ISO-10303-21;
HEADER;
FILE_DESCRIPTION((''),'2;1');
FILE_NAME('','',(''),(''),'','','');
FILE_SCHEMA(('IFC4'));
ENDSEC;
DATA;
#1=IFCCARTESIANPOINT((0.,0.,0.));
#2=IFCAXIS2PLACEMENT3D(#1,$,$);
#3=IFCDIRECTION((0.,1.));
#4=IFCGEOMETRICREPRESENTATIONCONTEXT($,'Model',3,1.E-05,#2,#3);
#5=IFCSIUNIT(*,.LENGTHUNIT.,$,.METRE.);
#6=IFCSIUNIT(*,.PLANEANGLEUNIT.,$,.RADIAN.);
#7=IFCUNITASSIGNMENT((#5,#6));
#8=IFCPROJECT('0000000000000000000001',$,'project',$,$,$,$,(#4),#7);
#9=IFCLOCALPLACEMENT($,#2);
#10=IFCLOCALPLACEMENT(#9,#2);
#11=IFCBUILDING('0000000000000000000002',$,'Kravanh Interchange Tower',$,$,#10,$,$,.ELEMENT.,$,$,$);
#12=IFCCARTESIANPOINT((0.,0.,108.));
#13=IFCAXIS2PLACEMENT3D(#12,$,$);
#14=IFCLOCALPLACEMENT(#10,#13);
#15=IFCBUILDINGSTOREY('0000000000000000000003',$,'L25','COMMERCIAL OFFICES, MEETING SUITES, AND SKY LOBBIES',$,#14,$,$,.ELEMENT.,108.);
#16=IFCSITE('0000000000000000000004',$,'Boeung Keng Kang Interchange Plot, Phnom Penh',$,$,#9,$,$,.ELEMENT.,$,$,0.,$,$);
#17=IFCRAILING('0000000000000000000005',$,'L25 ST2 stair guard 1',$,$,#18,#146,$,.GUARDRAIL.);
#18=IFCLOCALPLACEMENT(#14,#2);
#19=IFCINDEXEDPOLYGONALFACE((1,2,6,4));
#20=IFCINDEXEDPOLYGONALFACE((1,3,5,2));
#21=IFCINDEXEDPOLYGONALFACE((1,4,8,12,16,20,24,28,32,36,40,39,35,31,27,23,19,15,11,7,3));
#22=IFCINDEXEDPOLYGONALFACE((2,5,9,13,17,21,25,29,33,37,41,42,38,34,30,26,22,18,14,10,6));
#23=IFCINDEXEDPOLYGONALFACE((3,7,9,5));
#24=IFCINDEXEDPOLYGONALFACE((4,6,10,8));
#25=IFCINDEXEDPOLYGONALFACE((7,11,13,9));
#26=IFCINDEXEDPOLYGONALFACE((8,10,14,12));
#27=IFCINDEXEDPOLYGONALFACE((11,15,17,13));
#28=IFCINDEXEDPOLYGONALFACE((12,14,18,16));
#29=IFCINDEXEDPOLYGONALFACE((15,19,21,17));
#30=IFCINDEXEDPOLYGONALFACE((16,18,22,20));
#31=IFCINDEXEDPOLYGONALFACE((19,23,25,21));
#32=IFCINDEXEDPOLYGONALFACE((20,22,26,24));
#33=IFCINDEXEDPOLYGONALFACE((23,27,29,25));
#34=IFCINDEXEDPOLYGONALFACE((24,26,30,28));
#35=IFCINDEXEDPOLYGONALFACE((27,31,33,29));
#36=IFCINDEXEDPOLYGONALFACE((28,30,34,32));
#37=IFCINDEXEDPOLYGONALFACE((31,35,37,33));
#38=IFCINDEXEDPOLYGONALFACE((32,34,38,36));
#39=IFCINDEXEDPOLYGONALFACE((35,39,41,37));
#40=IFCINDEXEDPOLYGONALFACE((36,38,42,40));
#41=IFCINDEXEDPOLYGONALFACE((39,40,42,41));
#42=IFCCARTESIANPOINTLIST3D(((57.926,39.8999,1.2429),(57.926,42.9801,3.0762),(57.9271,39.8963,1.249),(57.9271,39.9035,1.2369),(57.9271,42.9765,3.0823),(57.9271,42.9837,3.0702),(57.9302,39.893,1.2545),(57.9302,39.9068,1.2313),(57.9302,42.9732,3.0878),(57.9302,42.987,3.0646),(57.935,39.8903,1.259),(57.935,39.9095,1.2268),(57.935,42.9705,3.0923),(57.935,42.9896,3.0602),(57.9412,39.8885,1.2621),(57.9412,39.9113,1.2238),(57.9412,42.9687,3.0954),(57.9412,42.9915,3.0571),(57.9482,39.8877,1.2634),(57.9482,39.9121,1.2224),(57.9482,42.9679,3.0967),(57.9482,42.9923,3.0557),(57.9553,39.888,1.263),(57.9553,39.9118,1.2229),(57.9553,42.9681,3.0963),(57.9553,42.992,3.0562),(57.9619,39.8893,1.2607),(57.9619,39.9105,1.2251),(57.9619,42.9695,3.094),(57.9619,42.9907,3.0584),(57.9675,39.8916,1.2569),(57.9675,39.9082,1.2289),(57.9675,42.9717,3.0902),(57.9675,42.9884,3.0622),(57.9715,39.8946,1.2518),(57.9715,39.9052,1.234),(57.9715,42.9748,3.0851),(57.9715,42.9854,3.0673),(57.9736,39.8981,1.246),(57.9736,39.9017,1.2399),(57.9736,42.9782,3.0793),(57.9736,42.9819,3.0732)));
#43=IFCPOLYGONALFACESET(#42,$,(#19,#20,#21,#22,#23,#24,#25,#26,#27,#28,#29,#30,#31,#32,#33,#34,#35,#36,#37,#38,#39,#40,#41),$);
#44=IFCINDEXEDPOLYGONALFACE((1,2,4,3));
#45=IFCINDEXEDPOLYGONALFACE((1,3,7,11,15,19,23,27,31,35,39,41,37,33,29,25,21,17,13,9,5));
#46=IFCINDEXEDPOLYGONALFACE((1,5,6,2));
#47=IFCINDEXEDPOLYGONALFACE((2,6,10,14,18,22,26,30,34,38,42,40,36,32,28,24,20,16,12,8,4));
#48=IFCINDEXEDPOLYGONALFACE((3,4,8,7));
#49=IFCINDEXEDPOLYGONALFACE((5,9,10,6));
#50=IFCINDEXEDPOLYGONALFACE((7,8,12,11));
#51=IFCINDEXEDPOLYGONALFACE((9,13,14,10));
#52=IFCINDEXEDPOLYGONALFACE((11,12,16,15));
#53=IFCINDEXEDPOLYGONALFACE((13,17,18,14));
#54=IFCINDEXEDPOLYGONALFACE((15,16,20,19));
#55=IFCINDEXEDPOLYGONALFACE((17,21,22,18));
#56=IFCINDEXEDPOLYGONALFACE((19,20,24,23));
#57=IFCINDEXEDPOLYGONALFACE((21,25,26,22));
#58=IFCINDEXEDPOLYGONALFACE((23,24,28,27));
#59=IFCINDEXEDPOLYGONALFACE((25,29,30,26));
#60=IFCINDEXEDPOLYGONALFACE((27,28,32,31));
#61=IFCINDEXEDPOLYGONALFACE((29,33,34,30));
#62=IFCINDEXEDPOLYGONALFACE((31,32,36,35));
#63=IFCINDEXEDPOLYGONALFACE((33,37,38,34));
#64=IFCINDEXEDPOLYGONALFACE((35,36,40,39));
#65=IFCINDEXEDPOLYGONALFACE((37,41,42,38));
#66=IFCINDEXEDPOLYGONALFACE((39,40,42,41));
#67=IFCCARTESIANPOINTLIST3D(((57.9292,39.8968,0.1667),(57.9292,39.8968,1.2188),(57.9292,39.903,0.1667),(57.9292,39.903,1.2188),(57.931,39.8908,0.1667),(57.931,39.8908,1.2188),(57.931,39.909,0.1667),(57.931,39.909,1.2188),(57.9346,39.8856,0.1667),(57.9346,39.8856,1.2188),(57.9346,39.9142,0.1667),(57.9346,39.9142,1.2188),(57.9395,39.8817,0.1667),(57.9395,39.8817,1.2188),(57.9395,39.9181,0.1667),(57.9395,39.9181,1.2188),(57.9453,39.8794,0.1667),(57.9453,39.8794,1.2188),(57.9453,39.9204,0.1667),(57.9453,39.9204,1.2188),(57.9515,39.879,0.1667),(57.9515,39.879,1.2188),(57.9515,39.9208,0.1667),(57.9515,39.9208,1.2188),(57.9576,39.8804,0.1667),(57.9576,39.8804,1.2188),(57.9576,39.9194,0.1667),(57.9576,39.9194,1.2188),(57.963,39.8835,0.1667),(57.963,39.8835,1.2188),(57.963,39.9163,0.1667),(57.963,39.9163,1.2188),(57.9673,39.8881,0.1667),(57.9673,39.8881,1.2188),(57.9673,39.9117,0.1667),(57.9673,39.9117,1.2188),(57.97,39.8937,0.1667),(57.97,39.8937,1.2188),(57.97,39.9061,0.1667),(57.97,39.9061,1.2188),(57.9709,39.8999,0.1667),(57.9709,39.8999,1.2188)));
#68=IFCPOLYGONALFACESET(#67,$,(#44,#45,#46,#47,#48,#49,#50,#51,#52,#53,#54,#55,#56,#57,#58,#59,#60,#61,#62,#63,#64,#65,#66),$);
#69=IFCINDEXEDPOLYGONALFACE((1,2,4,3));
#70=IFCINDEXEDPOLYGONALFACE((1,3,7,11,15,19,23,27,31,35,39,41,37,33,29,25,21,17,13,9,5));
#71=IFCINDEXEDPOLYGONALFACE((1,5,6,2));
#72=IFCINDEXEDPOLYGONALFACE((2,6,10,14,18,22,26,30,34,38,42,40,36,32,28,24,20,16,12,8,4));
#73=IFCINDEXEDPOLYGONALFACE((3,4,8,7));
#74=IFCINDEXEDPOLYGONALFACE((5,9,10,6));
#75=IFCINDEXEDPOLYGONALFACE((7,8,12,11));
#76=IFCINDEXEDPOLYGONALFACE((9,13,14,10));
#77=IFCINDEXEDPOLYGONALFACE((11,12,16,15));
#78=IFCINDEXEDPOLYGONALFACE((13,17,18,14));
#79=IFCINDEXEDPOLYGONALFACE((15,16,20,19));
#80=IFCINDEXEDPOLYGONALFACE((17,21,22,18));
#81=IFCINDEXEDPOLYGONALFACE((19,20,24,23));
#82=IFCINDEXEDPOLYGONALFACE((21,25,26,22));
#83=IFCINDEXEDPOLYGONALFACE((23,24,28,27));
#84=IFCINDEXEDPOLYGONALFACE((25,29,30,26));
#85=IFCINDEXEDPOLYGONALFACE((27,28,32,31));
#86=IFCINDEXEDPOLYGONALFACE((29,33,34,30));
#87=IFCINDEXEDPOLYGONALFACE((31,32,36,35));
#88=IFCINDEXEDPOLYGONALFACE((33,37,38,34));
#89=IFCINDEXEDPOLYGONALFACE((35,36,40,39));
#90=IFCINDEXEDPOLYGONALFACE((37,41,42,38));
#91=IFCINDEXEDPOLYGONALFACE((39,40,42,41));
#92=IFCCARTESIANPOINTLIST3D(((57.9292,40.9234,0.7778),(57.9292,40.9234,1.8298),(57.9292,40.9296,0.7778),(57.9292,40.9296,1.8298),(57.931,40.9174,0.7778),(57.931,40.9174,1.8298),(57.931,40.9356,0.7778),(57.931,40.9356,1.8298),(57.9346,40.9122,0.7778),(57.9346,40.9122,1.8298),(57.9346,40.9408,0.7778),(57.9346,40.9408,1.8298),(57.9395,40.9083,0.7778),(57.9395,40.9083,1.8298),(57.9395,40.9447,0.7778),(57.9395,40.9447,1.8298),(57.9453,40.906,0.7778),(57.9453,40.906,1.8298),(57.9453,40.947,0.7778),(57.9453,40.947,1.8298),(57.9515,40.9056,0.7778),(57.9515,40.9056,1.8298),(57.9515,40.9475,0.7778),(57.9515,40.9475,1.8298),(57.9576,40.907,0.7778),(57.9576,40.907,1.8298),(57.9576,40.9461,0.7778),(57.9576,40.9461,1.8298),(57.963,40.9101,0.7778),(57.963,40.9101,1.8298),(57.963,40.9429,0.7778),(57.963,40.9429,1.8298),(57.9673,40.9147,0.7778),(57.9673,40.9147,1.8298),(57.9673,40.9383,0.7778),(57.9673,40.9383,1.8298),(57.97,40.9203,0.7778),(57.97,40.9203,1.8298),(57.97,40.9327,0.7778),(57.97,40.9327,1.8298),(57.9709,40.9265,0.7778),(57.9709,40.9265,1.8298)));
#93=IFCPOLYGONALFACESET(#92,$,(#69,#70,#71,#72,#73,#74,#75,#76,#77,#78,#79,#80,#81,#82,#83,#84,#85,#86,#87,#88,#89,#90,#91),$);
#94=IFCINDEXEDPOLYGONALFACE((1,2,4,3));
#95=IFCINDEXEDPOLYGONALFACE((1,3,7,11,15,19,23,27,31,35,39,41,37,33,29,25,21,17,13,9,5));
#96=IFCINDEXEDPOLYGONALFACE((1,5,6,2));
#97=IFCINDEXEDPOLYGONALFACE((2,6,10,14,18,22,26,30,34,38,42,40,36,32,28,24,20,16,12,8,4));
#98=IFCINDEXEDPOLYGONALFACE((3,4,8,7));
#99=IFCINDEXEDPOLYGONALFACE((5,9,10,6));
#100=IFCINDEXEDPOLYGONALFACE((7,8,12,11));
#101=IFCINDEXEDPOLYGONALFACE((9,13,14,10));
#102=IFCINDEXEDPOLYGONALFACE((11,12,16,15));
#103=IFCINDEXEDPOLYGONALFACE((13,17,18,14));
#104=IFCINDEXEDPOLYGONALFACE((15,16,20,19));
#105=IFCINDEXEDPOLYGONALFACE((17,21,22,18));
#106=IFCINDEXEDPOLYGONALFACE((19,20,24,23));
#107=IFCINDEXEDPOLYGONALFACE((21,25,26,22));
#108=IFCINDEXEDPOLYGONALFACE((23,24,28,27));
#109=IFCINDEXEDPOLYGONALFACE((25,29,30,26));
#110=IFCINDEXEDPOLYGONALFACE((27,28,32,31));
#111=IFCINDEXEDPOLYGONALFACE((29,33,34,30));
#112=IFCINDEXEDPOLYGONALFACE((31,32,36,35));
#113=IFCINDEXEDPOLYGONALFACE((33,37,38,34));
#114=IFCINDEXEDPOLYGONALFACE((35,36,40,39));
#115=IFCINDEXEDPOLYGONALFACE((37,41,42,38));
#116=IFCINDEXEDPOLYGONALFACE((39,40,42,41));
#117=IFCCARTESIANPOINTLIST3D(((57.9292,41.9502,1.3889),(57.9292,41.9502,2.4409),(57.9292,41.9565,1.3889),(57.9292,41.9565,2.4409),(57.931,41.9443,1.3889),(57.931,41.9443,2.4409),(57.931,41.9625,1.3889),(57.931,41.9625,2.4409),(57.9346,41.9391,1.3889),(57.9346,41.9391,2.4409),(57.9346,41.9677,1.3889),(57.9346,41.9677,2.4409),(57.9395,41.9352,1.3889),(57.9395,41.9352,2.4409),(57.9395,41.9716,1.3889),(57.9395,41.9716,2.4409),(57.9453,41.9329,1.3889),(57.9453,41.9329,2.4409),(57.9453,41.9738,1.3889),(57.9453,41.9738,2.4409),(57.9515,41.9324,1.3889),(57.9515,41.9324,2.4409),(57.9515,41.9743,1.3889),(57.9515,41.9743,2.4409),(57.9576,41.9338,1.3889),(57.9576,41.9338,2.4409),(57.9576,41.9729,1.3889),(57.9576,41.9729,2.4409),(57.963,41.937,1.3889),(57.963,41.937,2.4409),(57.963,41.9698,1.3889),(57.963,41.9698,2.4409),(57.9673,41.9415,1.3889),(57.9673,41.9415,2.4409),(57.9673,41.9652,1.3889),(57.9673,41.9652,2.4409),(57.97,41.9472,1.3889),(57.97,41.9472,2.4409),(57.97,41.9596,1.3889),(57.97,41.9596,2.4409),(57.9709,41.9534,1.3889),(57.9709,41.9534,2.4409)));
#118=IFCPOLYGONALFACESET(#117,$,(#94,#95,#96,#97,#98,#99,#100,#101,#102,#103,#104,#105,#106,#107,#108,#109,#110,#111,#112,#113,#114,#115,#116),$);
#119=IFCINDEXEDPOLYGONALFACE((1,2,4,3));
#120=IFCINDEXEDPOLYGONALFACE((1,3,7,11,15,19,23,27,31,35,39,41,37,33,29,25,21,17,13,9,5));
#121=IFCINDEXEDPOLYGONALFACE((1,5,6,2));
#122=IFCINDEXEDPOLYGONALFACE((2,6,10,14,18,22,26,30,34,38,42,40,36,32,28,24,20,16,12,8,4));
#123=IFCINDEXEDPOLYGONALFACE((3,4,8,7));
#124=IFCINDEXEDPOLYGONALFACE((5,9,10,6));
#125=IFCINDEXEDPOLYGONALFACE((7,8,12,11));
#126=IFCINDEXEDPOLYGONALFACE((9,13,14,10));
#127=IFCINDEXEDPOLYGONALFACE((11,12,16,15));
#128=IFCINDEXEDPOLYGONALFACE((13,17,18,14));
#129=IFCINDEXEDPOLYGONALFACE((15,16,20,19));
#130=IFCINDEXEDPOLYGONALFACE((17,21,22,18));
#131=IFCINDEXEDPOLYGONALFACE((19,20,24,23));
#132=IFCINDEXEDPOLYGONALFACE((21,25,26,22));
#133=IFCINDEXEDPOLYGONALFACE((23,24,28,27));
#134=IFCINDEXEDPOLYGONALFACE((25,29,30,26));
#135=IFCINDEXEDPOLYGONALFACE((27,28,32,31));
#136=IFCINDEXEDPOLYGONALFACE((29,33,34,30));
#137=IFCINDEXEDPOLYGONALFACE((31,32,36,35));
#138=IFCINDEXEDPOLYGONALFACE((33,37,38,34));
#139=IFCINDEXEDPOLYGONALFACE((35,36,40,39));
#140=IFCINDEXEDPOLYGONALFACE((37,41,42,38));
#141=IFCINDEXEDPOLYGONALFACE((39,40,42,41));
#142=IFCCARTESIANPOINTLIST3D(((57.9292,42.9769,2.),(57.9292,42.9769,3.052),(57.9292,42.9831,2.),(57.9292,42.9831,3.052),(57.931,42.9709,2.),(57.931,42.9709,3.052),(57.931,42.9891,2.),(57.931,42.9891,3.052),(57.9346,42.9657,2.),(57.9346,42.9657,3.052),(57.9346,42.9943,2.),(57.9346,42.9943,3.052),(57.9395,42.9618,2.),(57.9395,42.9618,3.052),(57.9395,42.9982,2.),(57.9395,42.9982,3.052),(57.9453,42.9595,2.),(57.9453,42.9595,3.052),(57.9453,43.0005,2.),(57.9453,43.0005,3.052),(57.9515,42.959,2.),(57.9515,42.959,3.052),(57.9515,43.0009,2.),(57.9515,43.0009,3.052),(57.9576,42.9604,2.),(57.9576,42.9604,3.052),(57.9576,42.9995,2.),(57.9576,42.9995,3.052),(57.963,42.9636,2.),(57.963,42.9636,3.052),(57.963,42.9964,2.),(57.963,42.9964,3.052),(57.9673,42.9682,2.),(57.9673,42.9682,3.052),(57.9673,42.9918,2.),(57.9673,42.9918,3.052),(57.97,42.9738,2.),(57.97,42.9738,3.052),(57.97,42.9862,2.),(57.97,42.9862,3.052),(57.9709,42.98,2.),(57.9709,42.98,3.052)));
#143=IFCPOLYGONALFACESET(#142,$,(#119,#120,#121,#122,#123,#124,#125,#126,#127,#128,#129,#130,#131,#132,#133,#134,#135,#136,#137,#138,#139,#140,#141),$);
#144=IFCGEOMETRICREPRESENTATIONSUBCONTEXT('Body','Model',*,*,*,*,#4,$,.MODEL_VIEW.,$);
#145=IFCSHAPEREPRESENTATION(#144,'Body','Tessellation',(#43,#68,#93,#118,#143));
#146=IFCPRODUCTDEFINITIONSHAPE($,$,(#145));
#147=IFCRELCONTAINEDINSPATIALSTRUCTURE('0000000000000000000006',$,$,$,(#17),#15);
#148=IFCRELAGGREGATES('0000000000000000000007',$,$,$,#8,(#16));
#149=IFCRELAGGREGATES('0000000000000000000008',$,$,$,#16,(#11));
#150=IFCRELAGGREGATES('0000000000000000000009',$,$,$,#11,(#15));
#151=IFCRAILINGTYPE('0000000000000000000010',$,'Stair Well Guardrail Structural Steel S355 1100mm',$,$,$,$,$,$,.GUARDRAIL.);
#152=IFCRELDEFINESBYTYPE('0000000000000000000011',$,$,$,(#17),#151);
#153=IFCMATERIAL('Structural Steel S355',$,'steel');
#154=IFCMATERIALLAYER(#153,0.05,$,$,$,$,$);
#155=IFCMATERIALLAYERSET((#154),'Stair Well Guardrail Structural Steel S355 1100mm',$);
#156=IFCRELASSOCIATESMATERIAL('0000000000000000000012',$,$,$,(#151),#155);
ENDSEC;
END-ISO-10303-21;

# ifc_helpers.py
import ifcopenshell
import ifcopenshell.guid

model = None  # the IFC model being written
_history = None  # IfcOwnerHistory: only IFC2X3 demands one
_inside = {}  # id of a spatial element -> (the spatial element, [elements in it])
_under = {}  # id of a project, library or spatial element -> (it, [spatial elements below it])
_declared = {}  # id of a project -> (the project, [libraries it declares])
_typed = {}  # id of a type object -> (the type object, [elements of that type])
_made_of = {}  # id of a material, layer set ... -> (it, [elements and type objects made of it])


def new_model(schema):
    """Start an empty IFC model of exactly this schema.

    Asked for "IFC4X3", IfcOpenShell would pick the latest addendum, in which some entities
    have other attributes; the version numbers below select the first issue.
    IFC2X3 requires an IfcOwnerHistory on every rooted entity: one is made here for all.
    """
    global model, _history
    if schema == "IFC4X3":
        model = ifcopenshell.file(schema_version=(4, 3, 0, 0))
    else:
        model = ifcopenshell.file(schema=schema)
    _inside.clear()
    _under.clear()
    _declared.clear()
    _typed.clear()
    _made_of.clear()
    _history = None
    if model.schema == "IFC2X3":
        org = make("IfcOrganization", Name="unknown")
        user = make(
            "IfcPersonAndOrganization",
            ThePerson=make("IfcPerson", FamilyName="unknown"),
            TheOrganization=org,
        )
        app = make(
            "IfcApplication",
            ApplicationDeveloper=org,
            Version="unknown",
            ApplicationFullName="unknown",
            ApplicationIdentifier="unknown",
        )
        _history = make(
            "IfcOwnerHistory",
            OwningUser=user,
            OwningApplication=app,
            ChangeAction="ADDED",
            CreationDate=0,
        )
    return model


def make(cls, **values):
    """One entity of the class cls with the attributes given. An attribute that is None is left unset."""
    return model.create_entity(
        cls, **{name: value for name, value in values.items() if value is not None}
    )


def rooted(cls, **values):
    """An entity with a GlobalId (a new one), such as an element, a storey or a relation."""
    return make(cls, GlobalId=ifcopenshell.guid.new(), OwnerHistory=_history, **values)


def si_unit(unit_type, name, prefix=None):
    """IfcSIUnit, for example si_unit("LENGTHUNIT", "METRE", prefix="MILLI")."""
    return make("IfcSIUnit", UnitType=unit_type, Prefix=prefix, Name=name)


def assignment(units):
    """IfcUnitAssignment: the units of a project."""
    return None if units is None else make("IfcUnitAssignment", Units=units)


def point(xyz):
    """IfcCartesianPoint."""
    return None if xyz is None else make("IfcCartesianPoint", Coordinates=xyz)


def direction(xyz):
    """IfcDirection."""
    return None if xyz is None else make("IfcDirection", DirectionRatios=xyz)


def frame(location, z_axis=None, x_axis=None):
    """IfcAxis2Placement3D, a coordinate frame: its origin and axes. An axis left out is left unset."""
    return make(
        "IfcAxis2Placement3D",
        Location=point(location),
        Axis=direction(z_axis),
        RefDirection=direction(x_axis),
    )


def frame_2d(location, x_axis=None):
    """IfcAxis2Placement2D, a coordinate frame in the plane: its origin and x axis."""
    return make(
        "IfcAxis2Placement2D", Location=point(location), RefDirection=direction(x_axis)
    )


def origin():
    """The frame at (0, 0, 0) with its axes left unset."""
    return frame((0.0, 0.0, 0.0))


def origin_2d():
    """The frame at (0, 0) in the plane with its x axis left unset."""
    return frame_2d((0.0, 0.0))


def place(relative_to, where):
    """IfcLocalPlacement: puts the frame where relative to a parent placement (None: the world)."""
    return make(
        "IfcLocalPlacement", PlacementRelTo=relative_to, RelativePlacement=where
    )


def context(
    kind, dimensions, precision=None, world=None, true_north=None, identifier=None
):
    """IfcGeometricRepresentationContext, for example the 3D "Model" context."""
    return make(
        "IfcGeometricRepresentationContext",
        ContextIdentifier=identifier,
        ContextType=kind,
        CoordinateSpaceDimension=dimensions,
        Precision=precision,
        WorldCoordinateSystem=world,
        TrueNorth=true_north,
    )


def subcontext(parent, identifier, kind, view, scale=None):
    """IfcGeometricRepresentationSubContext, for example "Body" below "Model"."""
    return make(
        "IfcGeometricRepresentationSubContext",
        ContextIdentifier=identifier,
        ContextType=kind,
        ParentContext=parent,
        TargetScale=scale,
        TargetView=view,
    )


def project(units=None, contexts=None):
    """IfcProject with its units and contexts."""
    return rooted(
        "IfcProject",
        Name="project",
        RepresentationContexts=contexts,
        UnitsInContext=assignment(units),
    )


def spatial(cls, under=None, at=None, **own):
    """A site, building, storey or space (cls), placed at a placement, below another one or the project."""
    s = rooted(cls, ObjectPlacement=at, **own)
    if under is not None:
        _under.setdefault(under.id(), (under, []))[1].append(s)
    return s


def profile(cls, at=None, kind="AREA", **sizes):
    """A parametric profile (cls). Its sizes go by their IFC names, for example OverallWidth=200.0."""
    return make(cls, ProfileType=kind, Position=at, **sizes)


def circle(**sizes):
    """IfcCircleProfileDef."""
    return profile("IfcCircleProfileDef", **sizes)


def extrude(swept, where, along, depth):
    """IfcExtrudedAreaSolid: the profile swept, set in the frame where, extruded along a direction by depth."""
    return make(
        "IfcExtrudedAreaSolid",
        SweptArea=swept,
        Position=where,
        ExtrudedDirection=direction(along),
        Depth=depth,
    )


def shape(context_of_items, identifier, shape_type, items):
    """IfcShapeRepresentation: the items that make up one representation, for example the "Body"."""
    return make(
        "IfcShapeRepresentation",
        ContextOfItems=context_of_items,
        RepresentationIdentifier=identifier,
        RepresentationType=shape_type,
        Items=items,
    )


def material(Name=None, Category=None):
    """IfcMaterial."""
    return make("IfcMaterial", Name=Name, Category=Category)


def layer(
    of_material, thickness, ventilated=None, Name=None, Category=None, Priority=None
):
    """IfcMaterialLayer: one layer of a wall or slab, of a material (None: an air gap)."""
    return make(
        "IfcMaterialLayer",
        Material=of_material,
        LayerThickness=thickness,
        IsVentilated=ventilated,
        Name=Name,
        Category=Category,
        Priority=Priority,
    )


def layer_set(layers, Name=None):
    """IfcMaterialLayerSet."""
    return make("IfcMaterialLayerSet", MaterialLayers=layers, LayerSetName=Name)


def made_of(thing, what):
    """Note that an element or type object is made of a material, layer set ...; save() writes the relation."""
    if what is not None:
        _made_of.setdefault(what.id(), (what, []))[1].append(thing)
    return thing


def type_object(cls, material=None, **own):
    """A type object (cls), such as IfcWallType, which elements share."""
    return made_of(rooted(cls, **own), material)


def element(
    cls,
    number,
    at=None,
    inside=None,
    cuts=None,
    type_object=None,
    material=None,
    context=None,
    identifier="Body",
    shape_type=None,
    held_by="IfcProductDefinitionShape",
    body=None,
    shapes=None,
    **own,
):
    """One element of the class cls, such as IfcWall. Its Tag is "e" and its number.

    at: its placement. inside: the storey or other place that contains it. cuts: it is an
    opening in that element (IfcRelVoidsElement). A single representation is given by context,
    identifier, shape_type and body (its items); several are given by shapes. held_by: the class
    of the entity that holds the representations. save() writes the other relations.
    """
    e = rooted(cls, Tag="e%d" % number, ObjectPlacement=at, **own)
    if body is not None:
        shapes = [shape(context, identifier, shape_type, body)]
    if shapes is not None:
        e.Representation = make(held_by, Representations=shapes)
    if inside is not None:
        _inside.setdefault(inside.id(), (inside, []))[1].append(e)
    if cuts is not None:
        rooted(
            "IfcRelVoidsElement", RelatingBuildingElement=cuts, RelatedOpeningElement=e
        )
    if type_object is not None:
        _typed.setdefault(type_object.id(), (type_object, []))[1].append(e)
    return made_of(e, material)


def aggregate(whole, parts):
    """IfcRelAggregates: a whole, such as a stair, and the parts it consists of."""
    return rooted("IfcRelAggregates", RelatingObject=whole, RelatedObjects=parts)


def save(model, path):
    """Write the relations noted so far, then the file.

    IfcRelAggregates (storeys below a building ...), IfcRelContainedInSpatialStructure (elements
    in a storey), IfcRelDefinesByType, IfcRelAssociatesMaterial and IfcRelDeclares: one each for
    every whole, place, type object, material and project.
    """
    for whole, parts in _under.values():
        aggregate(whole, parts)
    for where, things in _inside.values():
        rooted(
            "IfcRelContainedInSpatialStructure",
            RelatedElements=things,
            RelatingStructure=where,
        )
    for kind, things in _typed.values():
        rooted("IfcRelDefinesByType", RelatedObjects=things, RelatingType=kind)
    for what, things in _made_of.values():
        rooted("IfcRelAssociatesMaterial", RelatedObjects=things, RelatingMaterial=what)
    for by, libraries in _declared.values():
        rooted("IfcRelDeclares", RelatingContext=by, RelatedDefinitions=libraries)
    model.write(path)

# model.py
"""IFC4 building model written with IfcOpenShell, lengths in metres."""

from ifc_helpers import new_model, si_unit, direction, frame, origin, origin_2d, place, context, subcontext, project, spatial, circle, extrude, material, layer, layer_set, type_object, element, save


model = new_model("IFC4")

# Units and contexts
model_context = context("Model", 3, precision=1e-05, world=origin(), true_north=direction((0.0, 1.0)))
body_context = subcontext(model_context, "Body", "Model", "MODEL_VIEW")
ifc_project = project(units=[si_unit("LENGTHUNIT", "METRE"), si_unit("PLANEANGLEUNIT", "RADIAN")], contexts=[model_context])

# Site, building, storey
site_placement = place(None, origin())
site = spatial("IfcSite", under=ifc_project, at=site_placement, Name="Boeung Keng Kang Interchange Plot, Phnom Penh", CompositionType="ELEMENT", RefElevation=0.0)
building_placement = place(site_placement, origin())
building = spatial("IfcBuilding", under=site, at=building_placement, Name="Kravanh Interchange Tower", CompositionType="ELEMENT")
storey_placement = place(building_placement, frame((0.0, 0.0, 108.0)))
storey = spatial("IfcBuildingStorey", under=building, at=storey_placement, Name="L25", Description="COMMERCIAL OFFICES, MEETING SUITES, AND SKY LOBBIES", CompositionType="ELEMENT", Elevation=108.0)

# Railing
ifc_material_1 = material(Name="Structural Steel S355", Category="steel")
ifc_layer_1 = layer(ifc_material_1, 0.05)
ifc_layer_set_1 = layer_set([ifc_layer_1], Name="Stair Well Guardrail Structural Steel S355 1100mm")
railing_type_1 = type_object("IfcRailingType", Name="Stair Well Guardrail Structural Steel S355 1100mm", PredefinedType="GUARDRAIL", material=ifc_layer_set_1)
railing_1_placement = place(storey_placement, frame((57.95, 39.8999, 0.1667)))
element("IfcRailing", 1, at=railing_1_placement, inside=storey, type_object=railing_type_1, Name="L25 ST2 stair guard 1", PredefinedType="GUARDRAIL", context=body_context, shape_type="SweptSolid", body=[
    extrude(circle(Radius=0.0239, at=origin_2d()), frame((0.0, 0.0, 1.0762), z_axis=(0.0, 0.859309, 0.511458), x_axis=(-1.0, 0.0, 0.0)), (0.0, 0.0, 1.0), 3.5845),
    extrude(circle(Radius=0.021, at=origin_2d()), origin(), (0.0, 0.0, 1.0), 1.052),
    extrude(circle(Radius=0.021, at=origin_2d()), frame((0.0, 1.0266, 0.6111)), (0.0, 0.0, 1.0), 1.052),
    extrude(circle(Radius=0.021, at=origin_2d()), frame((0.0, 2.0535, 1.2222)), (0.0, 0.0, 1.0), 1.052),
    extrude(circle(Radius=0.021, at=origin_2d()), frame((0.0, 3.0801, 1.8333)), (0.0, 0.0, 1.0), 1.052),
])

save(model, "model.ifc")
